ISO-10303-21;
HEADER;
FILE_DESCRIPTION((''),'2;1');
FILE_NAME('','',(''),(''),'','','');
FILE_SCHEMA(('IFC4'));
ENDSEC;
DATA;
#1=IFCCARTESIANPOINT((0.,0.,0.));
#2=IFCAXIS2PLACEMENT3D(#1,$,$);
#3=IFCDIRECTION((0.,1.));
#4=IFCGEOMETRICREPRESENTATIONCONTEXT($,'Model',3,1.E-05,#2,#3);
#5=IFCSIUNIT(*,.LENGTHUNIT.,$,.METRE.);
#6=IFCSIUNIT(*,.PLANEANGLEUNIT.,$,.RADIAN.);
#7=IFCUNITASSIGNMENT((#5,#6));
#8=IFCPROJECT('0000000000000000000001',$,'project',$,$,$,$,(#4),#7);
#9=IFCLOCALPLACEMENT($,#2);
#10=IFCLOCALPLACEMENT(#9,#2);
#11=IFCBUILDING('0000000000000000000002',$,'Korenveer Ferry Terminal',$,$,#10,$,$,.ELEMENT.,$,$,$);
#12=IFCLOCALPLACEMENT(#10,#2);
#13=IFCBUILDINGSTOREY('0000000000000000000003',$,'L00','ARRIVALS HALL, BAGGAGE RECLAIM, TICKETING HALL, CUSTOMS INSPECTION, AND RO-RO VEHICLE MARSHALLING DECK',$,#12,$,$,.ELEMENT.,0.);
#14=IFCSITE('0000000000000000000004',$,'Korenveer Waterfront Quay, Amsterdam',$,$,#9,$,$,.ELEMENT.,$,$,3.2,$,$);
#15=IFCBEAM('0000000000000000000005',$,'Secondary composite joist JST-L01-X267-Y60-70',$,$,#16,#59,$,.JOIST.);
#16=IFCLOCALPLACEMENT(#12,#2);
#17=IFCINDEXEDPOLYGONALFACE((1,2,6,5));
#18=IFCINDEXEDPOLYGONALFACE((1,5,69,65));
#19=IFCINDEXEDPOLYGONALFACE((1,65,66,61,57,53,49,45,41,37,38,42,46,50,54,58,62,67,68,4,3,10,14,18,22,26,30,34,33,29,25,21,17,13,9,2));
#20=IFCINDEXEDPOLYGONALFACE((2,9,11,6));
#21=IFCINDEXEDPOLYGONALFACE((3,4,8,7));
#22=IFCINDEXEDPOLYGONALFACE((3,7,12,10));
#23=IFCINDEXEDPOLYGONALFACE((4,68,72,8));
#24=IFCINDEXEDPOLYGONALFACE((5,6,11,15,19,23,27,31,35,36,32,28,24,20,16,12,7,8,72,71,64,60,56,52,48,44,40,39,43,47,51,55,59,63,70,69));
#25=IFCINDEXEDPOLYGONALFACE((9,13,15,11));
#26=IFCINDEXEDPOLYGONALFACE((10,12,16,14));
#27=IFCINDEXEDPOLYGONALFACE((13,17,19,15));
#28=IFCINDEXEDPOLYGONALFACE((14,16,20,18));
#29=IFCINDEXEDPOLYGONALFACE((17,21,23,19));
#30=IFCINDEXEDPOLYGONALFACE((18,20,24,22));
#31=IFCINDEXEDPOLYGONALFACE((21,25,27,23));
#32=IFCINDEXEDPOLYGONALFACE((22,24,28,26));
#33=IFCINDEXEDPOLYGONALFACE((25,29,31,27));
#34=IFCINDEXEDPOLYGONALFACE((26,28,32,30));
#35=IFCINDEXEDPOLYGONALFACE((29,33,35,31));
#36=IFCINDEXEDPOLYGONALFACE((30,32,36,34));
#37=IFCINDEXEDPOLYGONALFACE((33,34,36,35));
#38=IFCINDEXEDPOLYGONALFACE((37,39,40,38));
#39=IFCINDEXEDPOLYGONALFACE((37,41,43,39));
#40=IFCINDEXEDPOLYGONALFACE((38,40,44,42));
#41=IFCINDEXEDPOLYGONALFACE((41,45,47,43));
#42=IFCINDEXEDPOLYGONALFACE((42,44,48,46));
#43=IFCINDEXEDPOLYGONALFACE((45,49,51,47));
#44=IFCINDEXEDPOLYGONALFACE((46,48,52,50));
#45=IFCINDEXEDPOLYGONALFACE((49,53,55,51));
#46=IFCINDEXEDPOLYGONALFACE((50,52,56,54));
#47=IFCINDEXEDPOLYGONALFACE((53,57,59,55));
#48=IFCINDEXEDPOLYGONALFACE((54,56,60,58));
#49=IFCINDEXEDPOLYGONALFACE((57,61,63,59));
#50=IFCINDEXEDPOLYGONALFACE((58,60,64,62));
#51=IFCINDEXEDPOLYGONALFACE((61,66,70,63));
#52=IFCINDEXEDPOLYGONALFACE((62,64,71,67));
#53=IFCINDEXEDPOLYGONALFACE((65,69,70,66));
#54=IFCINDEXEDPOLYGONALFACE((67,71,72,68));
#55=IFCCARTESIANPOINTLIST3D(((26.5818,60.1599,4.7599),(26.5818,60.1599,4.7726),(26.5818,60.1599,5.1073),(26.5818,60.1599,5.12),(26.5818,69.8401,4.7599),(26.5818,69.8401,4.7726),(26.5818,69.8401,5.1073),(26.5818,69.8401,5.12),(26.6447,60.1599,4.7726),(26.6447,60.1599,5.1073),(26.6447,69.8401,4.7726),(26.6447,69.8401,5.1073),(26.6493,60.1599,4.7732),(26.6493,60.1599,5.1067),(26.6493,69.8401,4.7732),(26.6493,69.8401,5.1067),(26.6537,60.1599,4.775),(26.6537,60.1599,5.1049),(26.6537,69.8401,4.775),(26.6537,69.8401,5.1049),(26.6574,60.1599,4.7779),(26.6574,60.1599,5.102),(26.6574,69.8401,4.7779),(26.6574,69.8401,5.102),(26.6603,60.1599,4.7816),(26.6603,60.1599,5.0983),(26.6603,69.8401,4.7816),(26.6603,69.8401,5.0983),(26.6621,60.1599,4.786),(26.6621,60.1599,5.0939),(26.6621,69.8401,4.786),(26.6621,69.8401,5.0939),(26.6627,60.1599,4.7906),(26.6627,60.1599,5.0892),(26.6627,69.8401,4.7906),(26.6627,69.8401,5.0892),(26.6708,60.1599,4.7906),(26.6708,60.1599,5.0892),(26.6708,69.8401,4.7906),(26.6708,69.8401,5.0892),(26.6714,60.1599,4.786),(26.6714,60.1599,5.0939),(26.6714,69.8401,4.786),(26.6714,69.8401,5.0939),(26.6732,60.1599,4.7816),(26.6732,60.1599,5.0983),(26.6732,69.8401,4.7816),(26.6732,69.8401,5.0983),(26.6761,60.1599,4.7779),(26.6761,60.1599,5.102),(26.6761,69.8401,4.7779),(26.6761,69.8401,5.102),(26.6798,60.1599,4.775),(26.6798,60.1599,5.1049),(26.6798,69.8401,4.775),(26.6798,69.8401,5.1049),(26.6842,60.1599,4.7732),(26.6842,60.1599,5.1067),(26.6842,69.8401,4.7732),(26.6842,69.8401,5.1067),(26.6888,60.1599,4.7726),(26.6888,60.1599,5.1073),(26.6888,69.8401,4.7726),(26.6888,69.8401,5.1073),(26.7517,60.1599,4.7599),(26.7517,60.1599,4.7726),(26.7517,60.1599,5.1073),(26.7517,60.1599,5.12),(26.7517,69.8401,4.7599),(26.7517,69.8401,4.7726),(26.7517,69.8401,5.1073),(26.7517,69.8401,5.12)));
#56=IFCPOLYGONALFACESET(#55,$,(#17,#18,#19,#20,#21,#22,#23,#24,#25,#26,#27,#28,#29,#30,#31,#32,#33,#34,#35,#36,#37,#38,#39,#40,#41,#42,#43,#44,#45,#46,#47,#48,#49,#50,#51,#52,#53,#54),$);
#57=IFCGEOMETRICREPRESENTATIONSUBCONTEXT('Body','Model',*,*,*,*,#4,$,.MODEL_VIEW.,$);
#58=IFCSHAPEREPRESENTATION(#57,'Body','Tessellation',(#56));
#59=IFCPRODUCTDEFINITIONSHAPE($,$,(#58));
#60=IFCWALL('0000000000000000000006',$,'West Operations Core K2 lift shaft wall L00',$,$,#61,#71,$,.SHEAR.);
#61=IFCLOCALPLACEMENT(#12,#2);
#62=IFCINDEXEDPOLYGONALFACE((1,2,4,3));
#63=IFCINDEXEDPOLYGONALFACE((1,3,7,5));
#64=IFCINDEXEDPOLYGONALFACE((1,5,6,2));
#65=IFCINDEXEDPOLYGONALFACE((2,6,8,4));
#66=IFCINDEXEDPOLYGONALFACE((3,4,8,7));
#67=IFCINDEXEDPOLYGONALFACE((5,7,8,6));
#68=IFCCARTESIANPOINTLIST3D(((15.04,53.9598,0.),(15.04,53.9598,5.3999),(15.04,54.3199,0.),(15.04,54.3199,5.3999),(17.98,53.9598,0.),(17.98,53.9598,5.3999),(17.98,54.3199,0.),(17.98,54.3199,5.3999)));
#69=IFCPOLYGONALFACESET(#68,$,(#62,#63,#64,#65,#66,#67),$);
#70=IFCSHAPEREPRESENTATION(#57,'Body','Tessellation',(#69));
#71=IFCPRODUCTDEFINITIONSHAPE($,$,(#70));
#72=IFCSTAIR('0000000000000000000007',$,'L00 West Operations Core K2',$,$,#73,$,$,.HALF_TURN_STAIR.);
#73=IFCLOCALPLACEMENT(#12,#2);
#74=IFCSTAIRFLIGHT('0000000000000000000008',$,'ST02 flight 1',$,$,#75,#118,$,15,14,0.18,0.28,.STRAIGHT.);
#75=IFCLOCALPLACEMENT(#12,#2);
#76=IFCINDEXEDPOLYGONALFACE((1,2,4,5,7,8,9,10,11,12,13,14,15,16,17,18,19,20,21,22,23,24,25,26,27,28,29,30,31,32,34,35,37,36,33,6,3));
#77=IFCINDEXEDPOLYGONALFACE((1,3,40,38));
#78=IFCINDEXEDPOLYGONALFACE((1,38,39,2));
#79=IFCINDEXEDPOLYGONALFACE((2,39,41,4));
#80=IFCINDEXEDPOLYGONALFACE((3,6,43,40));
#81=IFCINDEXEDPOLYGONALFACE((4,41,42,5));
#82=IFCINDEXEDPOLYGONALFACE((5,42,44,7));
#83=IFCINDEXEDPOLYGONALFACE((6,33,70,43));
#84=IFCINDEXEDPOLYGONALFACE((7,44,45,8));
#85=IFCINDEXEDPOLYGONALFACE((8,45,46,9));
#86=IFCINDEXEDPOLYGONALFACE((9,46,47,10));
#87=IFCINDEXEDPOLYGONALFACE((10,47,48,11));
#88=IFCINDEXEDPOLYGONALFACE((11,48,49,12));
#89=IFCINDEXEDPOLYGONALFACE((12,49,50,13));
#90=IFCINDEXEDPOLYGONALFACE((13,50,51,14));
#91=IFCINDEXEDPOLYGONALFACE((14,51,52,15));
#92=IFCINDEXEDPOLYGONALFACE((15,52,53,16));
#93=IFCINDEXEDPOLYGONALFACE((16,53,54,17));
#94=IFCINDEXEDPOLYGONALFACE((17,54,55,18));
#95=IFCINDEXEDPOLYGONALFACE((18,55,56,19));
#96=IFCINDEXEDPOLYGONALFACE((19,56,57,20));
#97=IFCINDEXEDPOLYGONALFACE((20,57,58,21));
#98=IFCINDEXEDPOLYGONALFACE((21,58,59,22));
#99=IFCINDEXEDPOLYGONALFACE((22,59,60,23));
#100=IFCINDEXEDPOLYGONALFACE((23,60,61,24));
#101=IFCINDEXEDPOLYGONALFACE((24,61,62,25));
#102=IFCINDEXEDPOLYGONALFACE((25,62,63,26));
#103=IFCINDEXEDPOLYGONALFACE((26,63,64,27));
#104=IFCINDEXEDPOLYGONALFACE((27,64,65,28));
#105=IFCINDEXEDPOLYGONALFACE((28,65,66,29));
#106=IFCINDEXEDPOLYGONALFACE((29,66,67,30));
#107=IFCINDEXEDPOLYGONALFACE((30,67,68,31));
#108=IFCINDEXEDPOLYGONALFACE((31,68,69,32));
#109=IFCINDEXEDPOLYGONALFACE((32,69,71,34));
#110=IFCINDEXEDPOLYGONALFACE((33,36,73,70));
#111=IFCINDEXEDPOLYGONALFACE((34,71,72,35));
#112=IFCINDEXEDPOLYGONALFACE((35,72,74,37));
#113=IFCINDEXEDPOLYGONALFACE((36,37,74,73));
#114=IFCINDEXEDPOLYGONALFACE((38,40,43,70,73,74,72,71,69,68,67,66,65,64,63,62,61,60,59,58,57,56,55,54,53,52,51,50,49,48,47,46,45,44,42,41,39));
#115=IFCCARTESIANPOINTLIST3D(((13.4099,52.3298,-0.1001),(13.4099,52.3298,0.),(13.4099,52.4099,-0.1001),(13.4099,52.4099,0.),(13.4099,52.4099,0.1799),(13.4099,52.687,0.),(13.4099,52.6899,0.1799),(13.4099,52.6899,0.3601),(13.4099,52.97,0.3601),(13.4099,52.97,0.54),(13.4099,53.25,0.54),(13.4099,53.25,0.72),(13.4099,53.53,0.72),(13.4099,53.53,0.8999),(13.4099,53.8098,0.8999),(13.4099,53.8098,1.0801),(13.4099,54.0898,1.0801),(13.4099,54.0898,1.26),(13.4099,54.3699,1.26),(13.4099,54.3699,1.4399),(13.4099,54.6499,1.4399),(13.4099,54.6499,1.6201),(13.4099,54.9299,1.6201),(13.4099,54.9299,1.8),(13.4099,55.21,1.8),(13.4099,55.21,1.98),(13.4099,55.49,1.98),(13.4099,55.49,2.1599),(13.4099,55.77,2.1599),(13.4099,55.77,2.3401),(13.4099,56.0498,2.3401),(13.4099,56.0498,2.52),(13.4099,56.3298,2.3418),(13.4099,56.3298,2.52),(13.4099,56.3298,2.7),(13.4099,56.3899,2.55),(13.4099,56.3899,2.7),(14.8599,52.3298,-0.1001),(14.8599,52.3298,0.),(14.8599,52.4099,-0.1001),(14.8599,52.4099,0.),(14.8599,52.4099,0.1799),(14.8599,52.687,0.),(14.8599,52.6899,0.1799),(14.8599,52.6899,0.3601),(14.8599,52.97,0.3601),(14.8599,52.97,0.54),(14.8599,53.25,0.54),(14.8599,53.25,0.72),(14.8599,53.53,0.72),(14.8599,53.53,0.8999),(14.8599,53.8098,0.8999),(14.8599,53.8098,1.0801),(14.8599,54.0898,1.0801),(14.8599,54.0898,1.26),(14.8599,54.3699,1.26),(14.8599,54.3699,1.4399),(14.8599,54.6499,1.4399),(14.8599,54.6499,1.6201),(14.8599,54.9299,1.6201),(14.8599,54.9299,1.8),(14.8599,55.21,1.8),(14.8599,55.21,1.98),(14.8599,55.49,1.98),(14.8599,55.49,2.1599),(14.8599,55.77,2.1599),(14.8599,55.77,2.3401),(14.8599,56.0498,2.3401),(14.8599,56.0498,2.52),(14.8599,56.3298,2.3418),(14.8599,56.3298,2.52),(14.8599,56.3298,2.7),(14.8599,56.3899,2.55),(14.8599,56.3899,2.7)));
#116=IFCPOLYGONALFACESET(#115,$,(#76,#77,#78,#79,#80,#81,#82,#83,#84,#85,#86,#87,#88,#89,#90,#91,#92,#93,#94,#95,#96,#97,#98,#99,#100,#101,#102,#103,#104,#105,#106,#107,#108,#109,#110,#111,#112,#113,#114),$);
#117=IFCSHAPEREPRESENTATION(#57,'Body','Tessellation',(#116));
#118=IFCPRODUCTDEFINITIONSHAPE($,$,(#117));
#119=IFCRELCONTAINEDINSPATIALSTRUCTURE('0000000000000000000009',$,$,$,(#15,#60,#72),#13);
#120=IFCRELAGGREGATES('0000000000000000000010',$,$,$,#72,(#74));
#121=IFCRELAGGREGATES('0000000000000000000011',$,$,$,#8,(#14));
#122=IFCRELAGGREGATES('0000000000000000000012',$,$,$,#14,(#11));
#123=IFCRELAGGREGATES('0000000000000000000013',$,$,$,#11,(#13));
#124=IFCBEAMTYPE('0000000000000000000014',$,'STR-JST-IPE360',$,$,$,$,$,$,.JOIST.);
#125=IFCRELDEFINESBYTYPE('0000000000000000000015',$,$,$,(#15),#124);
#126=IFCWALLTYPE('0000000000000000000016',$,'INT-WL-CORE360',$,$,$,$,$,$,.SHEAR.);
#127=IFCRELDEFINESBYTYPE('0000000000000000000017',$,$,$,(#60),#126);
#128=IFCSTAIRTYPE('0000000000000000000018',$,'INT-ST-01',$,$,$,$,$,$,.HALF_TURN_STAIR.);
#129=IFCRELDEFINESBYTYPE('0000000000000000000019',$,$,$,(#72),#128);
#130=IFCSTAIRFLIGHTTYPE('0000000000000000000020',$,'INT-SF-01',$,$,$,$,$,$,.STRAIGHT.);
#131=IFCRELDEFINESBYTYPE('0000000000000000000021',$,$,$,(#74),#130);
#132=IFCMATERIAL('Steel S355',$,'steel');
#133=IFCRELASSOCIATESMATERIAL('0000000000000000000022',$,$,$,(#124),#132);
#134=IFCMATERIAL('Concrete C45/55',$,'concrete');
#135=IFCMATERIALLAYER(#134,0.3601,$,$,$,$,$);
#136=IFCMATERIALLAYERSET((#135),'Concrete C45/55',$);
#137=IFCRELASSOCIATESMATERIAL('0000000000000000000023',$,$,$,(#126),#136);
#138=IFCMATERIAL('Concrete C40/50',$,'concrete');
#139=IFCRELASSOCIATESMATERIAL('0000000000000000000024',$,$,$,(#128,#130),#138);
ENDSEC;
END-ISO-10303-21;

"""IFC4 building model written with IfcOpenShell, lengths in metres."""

from ifc_helpers import new_model, si_unit, direction, frame, frame_2d, origin, origin_2d, place, context, subcontext, project, spatial, polyline, rectangle, i_section, outline, extrude, material, layer, layer_set, material_profile, profile_set, type_object, element, aggregate, save


model = new_model("IFC4")

# Units and contexts
model_context = context("Model", 3, precision=1e-05, world=origin(), true_north=direction((0.0, 1.0)))
body_context = subcontext(model_context, "Body", "Model", "MODEL_VIEW")
ifc_project = project(units=[si_unit("LENGTHUNIT", "METRE"), si_unit("PLANEANGLEUNIT", "RADIAN")], contexts=[model_context])

# Site, building, storey
site_placement = place(None, origin())
site = spatial("IfcSite", under=ifc_project, at=site_placement, Name="Korenveer Waterfront Quay, Amsterdam", CompositionType="ELEMENT", RefElevation=3.2)
building_placement = place(site_placement, origin())
building = spatial("IfcBuilding", under=site, at=building_placement, Name="Korenveer Ferry Terminal", CompositionType="ELEMENT")
storey_placement = place(building_placement, origin())
storey = spatial("IfcBuildingStorey", under=building, at=storey_placement, Name="L00", Description="ARRIVALS HALL, BAGGAGE RECLAIM, TICKETING HALL, CUSTOMS INSPECTION, AND RO-RO VEHICLE MARSHALLING DECK", CompositionType="ELEMENT", Elevation=0.0)

# Shared definitions
ifc_material_1 = material(Name="Concrete C40/50", Category="concrete")
ifc_material_2 = material(Name="Concrete C45/55", Category="concrete")

# Beam
ifc_material_3 = material(Name="Steel S355", Category="steel")
ifc_material_profile_1 = material_profile(ifc_material_3, i_section(OverallWidth=0.1699, OverallDepth=0.3601, WebThickness=0.0081, FlangeThickness=0.0127, FilletRadius=0.0181, at=origin_2d()), Name="IPE 360")
ifc_profile_set_1 = profile_set([ifc_material_profile_1], Name="Steel S355")
beam_type_1 = type_object("IfcBeamType", Name="STR-JST-IPE360", PredefinedType="JOIST", material=ifc_profile_set_1)
for number, where, z_axis, x_axis, name in (
    (1, (26.6667, 60.1599, 4.9399), (0.0, 1.0, 0.0), (-1.0, 0.0, 0.0), "Secondary composite joist JST-L01-X267-Y60-70"),
):
    element("IfcBeam", number, at=place(storey_placement, frame(where, z_axis=z_axis, x_axis=x_axis)), inside=storey, type_object=beam_type_1, Name=name, PredefinedType="JOIST", context=body_context, shape_type="SweptSolid", body=[
        extrude(i_section(OverallWidth=0.1699, OverallDepth=0.3601, WebThickness=0.0081, FlangeThickness=0.0127, FilletRadius=0.0181, at=origin_2d()), origin(), (0.0, 0.0, 1.0), 9.6802),
    ])

# Wall
ifc_layer = layer(ifc_material_2, 0.3601)
ifc_layer_set = layer_set([ifc_layer], Name="Concrete C45/55")
wall_type = type_object("IfcWallType", Name="INT-WL-CORE360", PredefinedType="SHEAR", material=ifc_layer_set)
wall_placement = place(storey_placement, frame((15.04, 54.1399, 0.0), z_axis=(0.0, 0.0, 1.0), x_axis=(1.0, 0.0, 0.0)))
element("IfcWall", 2, at=wall_placement, inside=storey, type_object=wall_type, Name="West Operations Core K2 lift shaft wall L00", PredefinedType="SHEAR", context=body_context, shape_type="SweptSolid", body=[
    extrude(rectangle(XDim=2.9399, YDim=0.3601, at=frame_2d((1.47, 0.0))), origin(), (0.0, 0.0, 1.0), 5.3999),
])

# Stair, stair flight
stair_type = type_object("IfcStairType", Name="INT-ST-01", PredefinedType="HALF_TURN_STAIR", material=ifc_material_1)
stair_placement = place(storey_placement, frame((14.135, 52.4099, 0.0)))
stair = element("IfcStair", 3, at=stair_placement, inside=storey, type_object=stair_type, Name="L00 West Operations Core K2", PredefinedType="HALF_TURN_STAIR")
stair_flight_type = type_object("IfcStairFlightType", Name="INT-SF-01", PredefinedType="STRAIGHT", material=ifc_material_1)
stair_flight_placement = place(storey_placement, frame((14.135, 52.4099, 0.0), z_axis=(0.0, 0.0, 1.0), x_axis=(0.0, 1.0, 0.0)))
stair_flight = element("IfcStairFlight", 4, at=stair_flight_placement, type_object=stair_flight_type, Name="ST02 flight 1", NumberOfRisers=15, NumberOfTreads=14, PredefinedType="STRAIGHT", RiserHeight=0.18, TreadLength=0.28, context=body_context, shape_type="SweptSolid", body=[
    extrude(outline(polyline([(-0.0801, 0.0), (0.0, 0.0), (0.0, 0.1799), (0.28, 0.1799), (0.28, 0.3601), (0.5601, 0.3601), (0.5601, 0.54), (0.8401, 0.54), (0.8401, 0.72), (1.1201, 0.72), (1.1201, 0.8999), (1.3999, 0.8999), (1.3999, 1.0801), (1.6799, 1.0801), (1.6799, 1.26), (1.96, 1.26), (1.96, 1.4399), (2.24, 1.4399), (2.24, 1.6201), (2.52, 1.6201), (2.52, 1.8), (2.8, 1.8), (2.8, 1.98), (3.0801, 1.98), (3.0801, 2.1599), (3.3601, 2.1599), (3.3601, 2.3401), (3.6399, 2.3401), (3.6399, 2.52), (3.9199, 2.52), (3.9199, 2.7), (3.98, 2.7), (3.98, 2.55), (3.9199, 2.3418), (0.2771, 0.0), (0.0, -0.1001), (-0.0801, -0.1001), (-0.0801, 0.0)])), frame((0.0, 0.7251, 0.0), z_axis=(0.0, -1.0, 0.0), x_axis=(1.0, 0.0, 0.0)), (0.0, 0.0, 1.0), 1.45),
])
aggregate(stair, [stair_flight])

save(model, "model.ifc")
